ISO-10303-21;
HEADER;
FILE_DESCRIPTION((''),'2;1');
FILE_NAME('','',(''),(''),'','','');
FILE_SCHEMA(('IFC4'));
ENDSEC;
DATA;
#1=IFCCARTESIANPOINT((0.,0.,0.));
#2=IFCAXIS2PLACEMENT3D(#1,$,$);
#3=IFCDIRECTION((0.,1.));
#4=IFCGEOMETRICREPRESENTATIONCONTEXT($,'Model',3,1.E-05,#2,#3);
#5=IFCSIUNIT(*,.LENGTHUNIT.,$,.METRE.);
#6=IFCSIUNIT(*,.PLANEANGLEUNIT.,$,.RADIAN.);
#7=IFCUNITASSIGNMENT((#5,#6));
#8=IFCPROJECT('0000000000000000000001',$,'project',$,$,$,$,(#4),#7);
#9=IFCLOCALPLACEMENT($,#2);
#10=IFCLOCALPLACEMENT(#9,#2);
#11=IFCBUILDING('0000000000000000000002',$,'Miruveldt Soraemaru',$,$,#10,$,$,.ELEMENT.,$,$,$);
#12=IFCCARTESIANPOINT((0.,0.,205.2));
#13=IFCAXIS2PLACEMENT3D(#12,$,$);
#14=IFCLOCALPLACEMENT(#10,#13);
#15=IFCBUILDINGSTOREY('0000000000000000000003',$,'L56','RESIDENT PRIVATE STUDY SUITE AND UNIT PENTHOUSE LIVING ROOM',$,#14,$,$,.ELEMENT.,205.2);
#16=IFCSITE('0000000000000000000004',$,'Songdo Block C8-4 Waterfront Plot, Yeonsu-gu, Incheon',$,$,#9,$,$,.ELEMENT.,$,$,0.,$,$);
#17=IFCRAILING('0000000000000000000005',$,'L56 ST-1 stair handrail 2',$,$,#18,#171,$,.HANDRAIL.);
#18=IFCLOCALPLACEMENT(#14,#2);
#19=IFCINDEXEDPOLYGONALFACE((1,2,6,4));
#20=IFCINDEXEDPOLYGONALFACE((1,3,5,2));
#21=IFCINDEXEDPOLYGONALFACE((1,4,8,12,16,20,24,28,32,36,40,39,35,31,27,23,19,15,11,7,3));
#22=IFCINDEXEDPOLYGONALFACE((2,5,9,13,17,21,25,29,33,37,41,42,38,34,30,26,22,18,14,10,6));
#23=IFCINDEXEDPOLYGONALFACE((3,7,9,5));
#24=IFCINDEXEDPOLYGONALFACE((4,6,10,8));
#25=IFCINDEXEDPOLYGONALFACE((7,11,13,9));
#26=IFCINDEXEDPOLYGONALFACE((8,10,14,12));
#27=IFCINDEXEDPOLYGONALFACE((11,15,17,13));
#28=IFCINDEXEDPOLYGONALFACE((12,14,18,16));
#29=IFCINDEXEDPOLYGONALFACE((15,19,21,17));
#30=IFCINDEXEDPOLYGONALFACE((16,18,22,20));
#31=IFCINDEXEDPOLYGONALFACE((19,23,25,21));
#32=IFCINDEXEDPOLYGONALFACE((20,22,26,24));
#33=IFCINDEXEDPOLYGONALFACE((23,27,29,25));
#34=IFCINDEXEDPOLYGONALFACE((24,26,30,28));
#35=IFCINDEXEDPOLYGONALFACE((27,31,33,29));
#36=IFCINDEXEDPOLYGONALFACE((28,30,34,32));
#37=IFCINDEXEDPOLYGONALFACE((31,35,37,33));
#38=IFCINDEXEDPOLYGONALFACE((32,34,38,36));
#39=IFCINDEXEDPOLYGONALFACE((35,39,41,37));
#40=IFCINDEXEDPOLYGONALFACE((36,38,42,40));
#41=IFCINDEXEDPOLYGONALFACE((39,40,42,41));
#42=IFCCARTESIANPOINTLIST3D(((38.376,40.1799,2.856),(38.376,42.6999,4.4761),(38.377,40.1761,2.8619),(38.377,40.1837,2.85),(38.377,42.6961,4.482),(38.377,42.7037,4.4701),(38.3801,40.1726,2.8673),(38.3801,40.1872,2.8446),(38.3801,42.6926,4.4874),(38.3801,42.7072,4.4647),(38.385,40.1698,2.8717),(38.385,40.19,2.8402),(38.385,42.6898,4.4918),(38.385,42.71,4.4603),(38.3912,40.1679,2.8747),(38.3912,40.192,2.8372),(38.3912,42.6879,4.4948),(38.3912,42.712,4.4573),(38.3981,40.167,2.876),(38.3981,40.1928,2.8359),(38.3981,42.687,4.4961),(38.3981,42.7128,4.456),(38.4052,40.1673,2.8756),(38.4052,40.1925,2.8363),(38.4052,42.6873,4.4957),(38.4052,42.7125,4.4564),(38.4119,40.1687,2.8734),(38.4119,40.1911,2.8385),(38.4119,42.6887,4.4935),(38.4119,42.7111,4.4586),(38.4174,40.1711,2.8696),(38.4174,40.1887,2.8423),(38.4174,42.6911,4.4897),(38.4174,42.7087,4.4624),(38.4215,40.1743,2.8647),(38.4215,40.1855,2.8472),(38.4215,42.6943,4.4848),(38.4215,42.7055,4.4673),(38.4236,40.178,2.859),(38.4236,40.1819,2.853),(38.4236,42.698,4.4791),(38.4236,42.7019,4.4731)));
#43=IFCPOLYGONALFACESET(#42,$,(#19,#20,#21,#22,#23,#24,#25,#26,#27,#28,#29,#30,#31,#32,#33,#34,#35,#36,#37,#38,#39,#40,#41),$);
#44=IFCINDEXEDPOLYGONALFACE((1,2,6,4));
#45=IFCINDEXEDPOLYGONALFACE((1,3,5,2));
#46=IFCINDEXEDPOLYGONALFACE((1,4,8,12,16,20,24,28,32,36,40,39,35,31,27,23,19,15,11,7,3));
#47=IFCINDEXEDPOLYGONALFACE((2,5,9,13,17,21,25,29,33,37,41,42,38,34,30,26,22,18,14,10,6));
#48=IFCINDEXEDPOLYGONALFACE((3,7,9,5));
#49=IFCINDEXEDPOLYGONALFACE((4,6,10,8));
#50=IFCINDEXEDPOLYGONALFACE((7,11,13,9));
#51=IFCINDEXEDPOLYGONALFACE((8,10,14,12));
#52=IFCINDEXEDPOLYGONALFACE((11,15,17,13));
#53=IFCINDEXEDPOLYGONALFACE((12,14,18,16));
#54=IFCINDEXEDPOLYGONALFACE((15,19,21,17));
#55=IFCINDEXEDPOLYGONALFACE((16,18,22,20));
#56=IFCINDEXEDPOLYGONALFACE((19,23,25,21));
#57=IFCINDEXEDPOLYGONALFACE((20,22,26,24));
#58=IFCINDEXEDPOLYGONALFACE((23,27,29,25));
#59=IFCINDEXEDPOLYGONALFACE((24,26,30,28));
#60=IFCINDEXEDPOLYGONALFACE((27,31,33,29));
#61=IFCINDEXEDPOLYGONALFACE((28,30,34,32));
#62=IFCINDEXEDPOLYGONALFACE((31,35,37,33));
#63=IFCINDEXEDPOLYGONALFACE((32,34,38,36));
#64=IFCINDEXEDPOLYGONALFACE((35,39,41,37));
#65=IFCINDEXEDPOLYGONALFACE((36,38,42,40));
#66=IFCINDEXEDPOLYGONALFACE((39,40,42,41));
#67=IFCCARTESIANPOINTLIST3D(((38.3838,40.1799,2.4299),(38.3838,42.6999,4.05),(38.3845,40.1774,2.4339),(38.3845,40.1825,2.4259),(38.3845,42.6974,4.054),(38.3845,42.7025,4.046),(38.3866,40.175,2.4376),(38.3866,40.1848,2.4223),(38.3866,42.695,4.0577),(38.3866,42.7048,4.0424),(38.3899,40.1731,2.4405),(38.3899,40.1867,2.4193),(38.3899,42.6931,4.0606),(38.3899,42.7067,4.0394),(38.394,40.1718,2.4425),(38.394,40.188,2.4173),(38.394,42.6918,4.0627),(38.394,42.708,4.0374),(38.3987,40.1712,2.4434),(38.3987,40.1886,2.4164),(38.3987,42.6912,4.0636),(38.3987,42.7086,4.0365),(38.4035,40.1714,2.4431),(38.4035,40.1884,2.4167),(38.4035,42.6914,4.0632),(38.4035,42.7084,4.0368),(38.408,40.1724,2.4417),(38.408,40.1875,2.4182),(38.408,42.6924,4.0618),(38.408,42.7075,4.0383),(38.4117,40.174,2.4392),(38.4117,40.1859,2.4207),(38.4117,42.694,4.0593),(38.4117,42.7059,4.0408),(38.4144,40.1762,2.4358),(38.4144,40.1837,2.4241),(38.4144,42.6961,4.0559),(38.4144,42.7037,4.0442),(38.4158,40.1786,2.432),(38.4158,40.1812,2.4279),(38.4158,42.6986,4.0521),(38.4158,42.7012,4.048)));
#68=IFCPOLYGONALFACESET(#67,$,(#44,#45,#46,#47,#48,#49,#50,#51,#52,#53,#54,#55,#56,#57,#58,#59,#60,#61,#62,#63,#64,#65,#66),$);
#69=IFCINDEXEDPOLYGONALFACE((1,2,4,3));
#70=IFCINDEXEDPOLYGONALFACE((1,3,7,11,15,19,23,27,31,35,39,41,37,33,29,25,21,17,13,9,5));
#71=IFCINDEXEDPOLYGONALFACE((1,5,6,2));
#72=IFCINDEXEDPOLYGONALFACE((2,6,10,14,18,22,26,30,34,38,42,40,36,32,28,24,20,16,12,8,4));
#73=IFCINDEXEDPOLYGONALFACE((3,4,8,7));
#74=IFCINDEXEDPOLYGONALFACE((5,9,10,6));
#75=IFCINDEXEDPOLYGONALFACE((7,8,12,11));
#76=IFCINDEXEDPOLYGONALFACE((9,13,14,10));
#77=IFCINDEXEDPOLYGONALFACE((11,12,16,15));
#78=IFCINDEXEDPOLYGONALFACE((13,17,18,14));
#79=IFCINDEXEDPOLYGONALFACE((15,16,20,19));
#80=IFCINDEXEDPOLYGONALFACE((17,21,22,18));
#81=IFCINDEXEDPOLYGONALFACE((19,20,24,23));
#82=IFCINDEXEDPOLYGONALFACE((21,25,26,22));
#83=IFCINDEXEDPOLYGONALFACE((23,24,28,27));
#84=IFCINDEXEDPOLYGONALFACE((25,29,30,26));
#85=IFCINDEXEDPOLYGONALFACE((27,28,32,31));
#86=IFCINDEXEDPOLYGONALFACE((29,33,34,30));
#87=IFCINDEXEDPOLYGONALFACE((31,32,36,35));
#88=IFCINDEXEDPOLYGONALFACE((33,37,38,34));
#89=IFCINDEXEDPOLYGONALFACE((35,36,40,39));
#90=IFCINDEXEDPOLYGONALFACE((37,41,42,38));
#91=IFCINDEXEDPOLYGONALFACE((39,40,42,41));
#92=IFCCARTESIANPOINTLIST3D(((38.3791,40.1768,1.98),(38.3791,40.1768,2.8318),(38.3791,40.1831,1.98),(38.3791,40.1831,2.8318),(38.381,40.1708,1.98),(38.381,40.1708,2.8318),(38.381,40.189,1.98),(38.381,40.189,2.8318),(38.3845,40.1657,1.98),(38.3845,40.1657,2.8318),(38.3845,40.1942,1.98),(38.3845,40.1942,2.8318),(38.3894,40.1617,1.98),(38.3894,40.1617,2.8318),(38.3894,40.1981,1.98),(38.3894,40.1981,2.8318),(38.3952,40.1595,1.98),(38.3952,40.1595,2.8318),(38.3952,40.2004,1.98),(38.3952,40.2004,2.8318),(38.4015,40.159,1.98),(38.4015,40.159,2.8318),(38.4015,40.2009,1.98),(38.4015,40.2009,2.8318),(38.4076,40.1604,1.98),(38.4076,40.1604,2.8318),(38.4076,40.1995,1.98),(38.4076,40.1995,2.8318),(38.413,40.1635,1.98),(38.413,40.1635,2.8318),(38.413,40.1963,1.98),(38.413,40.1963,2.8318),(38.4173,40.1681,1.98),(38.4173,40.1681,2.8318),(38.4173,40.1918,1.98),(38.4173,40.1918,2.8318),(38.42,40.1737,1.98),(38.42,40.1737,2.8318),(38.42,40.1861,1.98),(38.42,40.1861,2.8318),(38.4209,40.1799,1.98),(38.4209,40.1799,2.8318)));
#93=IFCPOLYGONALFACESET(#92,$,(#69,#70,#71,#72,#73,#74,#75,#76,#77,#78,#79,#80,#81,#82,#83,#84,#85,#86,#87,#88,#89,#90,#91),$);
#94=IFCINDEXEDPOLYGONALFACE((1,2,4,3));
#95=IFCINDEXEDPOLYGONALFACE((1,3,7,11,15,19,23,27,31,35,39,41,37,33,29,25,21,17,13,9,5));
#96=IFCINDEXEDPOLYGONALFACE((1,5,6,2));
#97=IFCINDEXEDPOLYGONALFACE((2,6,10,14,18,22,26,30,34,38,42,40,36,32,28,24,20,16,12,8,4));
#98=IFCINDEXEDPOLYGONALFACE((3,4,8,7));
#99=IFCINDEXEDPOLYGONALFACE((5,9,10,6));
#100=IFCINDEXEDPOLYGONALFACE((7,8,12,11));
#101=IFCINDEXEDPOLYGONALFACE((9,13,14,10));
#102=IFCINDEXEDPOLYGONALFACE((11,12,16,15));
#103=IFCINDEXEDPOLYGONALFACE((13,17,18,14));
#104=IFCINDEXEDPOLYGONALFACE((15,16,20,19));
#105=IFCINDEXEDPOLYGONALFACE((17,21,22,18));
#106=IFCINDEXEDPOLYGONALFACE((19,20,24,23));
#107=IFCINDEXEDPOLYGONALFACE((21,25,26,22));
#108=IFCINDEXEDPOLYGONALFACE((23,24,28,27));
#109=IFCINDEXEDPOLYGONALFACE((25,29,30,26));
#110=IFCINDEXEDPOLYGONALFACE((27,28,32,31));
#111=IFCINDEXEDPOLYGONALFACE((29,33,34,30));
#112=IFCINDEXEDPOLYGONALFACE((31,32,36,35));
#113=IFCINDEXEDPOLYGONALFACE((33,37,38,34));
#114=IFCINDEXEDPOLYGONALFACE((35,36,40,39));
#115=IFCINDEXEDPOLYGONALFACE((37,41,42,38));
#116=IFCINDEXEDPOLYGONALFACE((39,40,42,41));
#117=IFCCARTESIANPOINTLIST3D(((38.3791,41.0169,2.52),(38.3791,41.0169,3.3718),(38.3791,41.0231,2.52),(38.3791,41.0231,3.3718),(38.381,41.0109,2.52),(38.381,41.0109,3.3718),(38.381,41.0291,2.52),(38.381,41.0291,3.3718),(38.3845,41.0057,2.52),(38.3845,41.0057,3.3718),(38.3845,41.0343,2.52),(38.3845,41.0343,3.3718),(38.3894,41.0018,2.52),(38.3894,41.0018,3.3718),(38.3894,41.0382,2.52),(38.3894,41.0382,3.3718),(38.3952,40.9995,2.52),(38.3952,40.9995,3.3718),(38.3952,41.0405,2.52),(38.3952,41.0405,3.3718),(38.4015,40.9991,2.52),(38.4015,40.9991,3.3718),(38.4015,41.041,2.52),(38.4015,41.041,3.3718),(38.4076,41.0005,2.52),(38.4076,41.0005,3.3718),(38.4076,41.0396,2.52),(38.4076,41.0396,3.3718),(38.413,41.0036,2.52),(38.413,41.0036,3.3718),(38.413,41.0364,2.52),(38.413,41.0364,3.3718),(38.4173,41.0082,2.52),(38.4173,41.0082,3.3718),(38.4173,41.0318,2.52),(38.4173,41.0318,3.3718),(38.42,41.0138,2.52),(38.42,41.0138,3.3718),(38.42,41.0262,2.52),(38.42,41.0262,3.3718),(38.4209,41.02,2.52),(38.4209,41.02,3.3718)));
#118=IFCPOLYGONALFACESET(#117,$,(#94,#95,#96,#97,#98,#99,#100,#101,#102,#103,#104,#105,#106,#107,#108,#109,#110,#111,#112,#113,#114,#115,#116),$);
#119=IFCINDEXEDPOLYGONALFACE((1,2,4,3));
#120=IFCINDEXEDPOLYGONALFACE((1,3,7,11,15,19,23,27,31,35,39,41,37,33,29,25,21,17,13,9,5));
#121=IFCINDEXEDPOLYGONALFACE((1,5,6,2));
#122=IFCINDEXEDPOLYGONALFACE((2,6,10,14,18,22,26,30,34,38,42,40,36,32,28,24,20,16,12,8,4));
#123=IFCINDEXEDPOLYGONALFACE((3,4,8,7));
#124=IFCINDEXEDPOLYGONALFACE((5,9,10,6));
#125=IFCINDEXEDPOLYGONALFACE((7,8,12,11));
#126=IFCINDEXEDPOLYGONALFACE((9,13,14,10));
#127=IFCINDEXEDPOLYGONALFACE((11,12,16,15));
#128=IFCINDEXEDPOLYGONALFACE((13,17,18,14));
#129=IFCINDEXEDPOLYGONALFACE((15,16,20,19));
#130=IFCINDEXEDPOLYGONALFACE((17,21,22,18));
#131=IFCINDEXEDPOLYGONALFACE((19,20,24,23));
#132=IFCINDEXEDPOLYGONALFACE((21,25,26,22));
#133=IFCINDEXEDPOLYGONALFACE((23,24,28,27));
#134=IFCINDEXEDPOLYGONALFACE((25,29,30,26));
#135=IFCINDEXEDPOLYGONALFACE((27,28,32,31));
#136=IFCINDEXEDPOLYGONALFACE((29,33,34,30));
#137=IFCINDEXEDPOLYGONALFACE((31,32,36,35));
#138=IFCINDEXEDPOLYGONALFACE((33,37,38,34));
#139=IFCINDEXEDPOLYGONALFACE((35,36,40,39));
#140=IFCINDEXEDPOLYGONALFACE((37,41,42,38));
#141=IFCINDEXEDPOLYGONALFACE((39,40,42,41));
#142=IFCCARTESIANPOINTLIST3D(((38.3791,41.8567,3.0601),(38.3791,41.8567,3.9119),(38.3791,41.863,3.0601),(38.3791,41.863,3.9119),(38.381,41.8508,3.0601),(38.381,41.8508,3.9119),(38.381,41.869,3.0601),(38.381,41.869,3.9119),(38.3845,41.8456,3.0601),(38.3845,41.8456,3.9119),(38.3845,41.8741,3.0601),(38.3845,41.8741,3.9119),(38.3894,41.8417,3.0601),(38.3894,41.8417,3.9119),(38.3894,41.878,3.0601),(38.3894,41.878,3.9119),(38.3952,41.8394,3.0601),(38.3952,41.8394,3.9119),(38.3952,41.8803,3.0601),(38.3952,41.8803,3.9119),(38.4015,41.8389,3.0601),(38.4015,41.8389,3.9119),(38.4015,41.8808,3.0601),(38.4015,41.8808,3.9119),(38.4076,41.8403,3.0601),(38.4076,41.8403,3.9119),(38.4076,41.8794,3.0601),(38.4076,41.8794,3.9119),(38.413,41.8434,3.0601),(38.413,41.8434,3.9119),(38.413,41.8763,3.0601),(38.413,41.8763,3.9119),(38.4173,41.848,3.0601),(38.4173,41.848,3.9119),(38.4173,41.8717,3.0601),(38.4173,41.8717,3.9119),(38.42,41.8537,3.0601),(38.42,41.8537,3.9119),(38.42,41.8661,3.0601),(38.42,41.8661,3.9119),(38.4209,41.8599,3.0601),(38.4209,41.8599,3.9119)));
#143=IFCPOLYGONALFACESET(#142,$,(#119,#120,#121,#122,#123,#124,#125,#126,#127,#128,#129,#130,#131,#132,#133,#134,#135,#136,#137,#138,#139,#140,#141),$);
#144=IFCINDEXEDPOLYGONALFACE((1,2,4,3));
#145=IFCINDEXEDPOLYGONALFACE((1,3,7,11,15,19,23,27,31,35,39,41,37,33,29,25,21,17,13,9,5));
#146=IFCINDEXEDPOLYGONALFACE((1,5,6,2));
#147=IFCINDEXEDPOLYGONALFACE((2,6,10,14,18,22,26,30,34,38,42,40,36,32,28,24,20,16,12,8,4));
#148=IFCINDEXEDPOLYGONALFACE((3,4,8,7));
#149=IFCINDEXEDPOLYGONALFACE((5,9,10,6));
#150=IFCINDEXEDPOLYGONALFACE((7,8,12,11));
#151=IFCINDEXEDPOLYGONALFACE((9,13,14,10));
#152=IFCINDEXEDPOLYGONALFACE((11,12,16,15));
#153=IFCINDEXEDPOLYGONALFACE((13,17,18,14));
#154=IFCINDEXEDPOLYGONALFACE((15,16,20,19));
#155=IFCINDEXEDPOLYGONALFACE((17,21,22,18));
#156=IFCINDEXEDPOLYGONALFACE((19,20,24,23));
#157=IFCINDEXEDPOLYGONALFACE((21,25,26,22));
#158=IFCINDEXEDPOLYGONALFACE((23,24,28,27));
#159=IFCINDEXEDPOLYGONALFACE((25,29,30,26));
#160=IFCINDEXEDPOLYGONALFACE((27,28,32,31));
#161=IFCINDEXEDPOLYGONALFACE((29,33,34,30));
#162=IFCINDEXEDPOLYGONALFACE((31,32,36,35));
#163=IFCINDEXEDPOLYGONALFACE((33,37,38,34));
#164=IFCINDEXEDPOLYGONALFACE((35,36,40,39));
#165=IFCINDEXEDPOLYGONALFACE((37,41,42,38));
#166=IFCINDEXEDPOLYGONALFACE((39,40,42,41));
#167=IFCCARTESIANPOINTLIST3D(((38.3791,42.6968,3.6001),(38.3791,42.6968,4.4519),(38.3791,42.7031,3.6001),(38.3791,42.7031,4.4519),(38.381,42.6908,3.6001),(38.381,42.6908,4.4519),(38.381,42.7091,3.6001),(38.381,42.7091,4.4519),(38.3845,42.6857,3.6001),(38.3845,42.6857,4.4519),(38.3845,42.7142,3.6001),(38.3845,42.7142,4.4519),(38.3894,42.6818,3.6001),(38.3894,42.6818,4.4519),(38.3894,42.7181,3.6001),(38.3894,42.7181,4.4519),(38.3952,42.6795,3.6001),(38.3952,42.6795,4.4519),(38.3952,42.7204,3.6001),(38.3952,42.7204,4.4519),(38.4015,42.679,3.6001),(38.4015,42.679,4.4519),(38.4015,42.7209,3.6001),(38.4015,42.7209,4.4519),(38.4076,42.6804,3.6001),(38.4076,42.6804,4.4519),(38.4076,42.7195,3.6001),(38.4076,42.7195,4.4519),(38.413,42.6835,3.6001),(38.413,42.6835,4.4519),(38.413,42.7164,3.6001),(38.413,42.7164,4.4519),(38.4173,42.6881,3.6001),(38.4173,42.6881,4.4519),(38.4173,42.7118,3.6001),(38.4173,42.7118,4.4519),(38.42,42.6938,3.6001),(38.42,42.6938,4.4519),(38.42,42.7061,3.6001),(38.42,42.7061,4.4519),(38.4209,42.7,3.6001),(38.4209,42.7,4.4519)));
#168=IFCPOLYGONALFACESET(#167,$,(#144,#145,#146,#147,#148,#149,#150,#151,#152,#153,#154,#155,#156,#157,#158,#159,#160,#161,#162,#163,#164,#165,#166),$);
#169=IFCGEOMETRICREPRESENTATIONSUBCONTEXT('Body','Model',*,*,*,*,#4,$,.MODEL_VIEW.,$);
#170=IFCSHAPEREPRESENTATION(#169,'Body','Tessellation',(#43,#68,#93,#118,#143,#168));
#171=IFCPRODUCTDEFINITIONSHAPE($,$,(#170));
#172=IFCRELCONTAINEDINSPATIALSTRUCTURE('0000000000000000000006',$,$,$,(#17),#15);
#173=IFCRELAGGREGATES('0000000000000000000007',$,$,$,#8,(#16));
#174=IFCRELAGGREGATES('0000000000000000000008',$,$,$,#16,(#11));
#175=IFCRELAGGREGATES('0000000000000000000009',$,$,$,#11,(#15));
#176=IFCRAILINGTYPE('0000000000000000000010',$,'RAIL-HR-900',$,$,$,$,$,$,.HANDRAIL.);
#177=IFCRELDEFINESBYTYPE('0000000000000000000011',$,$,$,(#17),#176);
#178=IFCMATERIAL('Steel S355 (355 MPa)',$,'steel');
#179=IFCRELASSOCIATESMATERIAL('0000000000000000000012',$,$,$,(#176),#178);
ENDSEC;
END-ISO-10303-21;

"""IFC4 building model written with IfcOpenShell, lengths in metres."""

from ifc_helpers import new_model, si_unit, direction, frame, origin, origin_2d, place, context, subcontext, project, spatial, circle, extrude, material, type_object, element, save


model = new_model("IFC4")

# Units and contexts
model_context = context("Model", 3, precision=1e-05, world=origin(), true_north=direction((0.0, 1.0)))
body_context = subcontext(model_context, "Body", "Model", "MODEL_VIEW")
ifc_project = project(units=[si_unit("LENGTHUNIT", "METRE"), si_unit("PLANEANGLEUNIT", "RADIAN")], contexts=[model_context])

# Site, building, storey
site_placement = place(None, origin())
site = spatial("IfcSite", under=ifc_project, at=site_placement, Name="Songdo Block C8-4 Waterfront Plot, Yeonsu-gu, Incheon", CompositionType="ELEMENT", RefElevation=0.0)
building_placement = place(site_placement, origin())
building = spatial("IfcBuilding", under=site, at=building_placement, Name="Miruveldt Soraemaru", CompositionType="ELEMENT")
storey_placement = place(building_placement, frame((0.0, 0.0, 205.2)))
storey = spatial("IfcBuildingStorey", under=building, at=storey_placement, Name="L56", Description="RESIDENT PRIVATE STUDY SUITE AND UNIT PENTHOUSE LIVING ROOM", CompositionType="ELEMENT", Elevation=205.2)

# Railing
ifc_material_1 = material(Name="Steel S355 (355 MPa)", Category="steel")
railing_type_1 = type_object("IfcRailingType", Name="RAIL-HR-900", PredefinedType="HANDRAIL", material=ifc_material_1)
railing_1_placement = place(storey_placement, frame((38.3999, 40.1799, 1.98)))
element("IfcRailing", 1, at=railing_1_placement, inside=storey, type_object=railing_type_1, Name="L56 ST-1 stair handrail 2", PredefinedType="HANDRAIL", context=body_context, shape_type="SweptSolid", body=[
    extrude(circle(Radius=0.0239, at=origin_2d()), frame((0.0, 0.0, 0.876), z_axis=(0.0, 0.841163, 0.540782), x_axis=(-1.0, 0.0, 0.0)), (0.0, 0.0, 1.0), 2.9958),
    extrude(circle(Radius=0.0161, at=origin_2d()), frame((0.0, 0.0, 0.45), z_axis=(0.0, 0.841163, 0.540782), x_axis=(-1.0, 0.0, 0.0)), (0.0, 0.0, 1.0), 2.9958),
    extrude(circle(Radius=0.021, at=origin_2d()), origin(), (0.0, 0.0, 1.0), 0.8518),
    extrude(circle(Radius=0.021, at=origin_2d()), frame((0.0, 0.8401, 0.54)), (0.0, 0.0, 1.0), 0.8518),
    extrude(circle(Radius=0.021, at=origin_2d()), frame((0.0, 1.6799, 1.0801)), (0.0, 0.0, 1.0), 0.8518),
    extrude(circle(Radius=0.021, at=origin_2d()), frame((0.0, 2.52, 1.6201)), (0.0, 0.0, 1.0), 0.8518),
])

save(model, "model.ifc")
